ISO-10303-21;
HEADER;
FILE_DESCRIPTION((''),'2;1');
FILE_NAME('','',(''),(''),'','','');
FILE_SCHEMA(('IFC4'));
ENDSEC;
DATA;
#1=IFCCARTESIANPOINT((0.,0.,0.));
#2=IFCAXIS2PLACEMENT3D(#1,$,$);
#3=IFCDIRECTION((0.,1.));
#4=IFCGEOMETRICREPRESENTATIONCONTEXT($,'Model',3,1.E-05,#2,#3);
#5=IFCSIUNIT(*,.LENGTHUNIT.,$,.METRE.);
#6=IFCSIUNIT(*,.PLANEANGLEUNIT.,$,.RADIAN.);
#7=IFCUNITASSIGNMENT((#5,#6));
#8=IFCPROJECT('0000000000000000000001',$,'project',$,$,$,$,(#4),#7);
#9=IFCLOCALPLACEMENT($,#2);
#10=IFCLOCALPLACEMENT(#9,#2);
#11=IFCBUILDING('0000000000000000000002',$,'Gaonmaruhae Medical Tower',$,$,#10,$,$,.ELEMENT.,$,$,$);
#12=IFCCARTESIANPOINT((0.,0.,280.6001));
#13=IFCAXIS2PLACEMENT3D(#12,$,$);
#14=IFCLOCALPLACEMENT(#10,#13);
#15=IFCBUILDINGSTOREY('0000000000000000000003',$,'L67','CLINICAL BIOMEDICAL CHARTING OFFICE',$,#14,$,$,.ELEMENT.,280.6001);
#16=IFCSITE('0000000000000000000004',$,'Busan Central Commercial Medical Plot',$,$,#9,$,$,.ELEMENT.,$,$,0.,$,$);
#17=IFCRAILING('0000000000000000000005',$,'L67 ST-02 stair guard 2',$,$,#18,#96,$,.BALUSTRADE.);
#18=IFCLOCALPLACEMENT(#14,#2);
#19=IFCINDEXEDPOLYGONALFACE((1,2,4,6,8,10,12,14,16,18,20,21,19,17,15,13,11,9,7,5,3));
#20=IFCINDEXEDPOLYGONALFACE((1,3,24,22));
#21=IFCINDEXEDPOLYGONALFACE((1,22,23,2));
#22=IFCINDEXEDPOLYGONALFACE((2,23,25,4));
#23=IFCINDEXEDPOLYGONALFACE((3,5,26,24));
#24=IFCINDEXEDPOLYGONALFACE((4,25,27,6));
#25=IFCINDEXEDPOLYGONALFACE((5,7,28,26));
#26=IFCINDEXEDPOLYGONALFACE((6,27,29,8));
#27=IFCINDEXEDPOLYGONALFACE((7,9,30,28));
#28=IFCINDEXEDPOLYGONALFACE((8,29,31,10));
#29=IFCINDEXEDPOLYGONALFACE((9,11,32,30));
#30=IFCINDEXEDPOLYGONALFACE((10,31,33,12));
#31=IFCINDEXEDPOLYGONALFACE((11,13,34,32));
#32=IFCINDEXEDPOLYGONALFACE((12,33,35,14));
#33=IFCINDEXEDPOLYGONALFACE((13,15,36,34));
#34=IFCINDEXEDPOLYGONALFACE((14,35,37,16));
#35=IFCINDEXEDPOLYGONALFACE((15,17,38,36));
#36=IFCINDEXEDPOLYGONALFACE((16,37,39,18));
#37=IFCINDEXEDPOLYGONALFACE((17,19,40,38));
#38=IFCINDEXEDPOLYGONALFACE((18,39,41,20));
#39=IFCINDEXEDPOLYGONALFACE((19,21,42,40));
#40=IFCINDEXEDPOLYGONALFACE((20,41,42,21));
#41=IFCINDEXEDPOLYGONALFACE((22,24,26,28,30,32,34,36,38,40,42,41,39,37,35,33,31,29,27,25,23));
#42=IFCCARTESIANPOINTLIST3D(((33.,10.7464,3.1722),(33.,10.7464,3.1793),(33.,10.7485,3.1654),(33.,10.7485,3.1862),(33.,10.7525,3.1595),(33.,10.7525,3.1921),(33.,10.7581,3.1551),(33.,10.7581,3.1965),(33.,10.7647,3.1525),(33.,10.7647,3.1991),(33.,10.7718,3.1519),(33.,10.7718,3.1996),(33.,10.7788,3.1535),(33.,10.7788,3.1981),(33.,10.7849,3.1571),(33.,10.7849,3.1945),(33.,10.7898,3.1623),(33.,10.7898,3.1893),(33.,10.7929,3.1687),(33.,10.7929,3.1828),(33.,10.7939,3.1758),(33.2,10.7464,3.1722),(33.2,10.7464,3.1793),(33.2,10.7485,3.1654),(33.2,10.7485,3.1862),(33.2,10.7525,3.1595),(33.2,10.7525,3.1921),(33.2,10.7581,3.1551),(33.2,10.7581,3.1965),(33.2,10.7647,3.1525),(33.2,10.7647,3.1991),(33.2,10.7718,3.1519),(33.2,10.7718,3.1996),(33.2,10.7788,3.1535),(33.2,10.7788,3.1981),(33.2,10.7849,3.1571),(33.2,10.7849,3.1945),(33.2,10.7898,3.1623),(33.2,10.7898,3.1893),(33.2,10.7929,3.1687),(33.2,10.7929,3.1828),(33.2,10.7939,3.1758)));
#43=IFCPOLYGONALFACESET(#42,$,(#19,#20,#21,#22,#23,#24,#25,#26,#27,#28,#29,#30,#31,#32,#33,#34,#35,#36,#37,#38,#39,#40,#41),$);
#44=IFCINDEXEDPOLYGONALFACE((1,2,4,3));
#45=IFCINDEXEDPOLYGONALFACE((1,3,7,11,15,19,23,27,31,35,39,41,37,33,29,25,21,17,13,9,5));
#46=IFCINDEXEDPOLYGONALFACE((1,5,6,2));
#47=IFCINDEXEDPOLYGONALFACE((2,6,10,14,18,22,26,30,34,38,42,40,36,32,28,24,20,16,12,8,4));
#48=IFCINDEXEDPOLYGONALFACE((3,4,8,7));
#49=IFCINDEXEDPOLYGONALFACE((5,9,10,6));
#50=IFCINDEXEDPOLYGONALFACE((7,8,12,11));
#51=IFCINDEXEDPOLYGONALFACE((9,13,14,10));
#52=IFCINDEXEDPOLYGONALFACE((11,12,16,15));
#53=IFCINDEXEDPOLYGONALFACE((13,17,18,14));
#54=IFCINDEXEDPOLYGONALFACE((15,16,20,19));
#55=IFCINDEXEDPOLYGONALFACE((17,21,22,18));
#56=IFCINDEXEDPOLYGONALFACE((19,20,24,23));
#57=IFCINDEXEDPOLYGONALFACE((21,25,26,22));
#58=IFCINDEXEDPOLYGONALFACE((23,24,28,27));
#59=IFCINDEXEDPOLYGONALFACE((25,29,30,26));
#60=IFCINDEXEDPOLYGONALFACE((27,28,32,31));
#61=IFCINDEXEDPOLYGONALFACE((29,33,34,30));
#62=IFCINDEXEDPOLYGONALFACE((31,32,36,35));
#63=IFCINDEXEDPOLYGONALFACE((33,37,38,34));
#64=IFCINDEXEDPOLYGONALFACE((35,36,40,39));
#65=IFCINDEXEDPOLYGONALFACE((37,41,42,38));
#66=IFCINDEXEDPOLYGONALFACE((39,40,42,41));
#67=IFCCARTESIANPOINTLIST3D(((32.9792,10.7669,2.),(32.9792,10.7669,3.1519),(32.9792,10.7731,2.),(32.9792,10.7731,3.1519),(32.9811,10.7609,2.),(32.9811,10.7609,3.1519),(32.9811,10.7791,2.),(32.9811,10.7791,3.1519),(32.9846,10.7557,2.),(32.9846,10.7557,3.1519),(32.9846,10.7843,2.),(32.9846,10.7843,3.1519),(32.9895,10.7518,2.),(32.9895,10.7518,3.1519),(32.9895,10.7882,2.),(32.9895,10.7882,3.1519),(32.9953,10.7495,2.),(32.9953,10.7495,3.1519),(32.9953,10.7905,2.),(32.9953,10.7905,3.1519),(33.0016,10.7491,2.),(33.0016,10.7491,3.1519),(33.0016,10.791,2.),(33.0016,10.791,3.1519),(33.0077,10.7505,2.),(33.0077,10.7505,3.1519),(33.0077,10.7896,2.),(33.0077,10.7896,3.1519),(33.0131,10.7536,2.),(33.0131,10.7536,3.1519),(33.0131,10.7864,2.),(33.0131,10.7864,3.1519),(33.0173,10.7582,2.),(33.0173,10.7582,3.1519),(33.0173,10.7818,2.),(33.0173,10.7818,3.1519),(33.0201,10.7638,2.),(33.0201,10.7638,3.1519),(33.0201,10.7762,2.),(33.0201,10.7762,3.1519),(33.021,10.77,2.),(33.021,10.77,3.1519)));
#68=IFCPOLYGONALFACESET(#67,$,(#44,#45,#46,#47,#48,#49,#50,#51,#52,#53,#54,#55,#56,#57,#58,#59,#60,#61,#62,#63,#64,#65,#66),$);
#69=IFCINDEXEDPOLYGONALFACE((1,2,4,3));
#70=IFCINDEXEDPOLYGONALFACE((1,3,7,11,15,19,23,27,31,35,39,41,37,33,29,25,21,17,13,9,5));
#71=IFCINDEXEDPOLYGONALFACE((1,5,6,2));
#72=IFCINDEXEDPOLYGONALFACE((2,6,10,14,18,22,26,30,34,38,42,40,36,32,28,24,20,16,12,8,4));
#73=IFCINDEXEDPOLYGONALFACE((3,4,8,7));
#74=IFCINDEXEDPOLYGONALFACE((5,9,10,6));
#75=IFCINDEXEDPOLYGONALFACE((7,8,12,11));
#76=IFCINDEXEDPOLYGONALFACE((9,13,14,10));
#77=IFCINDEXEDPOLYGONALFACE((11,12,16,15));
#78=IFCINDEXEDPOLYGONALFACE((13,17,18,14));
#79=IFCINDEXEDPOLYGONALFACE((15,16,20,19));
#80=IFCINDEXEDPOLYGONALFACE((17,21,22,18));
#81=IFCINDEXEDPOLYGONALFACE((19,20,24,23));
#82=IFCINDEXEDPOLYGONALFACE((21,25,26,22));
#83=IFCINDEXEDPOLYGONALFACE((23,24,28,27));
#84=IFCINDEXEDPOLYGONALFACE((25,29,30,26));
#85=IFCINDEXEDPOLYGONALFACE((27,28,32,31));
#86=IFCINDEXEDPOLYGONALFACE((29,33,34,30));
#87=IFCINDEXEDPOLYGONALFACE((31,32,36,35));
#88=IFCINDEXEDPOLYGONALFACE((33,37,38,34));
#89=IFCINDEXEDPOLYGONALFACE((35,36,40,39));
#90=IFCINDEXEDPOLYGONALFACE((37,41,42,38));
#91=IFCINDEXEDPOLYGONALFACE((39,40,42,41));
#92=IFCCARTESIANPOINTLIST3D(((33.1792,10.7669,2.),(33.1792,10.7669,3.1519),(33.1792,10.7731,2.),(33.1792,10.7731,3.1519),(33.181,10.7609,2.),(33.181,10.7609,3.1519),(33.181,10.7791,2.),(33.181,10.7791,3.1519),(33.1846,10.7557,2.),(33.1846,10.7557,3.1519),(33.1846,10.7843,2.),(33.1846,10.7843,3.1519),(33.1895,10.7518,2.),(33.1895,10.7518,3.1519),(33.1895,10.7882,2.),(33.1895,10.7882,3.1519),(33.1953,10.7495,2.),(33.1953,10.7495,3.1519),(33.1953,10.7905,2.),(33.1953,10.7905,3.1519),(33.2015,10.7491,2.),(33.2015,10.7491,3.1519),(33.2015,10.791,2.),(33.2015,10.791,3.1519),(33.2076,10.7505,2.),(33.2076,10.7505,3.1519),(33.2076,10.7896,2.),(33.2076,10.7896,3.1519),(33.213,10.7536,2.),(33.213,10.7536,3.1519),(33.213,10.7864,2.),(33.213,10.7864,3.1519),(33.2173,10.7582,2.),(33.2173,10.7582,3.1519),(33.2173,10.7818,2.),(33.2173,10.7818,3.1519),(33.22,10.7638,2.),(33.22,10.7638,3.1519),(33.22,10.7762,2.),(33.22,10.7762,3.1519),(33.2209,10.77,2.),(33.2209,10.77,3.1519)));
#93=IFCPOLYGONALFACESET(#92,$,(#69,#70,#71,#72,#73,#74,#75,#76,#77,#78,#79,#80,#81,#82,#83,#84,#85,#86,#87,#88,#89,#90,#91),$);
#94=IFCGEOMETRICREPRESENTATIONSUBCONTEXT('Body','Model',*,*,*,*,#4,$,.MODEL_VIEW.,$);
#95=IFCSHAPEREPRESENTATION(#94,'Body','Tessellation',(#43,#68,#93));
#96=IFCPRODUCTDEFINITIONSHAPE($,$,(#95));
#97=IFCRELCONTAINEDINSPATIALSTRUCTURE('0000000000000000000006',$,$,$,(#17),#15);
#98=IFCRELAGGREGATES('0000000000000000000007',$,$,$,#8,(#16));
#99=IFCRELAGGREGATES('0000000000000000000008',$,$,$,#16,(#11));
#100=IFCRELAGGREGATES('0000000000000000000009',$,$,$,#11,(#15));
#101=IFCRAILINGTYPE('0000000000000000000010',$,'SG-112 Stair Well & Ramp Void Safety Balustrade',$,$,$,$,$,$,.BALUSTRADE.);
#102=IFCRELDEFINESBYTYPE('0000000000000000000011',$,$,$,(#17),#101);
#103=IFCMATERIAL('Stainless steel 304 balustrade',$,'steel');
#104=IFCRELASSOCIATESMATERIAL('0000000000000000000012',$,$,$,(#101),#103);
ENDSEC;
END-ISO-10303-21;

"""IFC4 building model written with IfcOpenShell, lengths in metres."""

from ifc_helpers import new_model, si_unit, direction, frame, origin, origin_2d, place, context, subcontext, project, spatial, circle, extrude, material, type_object, element, save


model = new_model("IFC4")

# Units and contexts
model_context = context("Model", 3, precision=1e-05, world=origin(), true_north=direction((0.0, 1.0)))
body_context = subcontext(model_context, "Body", "Model", "MODEL_VIEW")
ifc_project = project(units=[si_unit("LENGTHUNIT", "METRE"), si_unit("PLANEANGLEUNIT", "RADIAN")], contexts=[model_context])

# Site, building, storey
site_placement = place(None, origin())
site = spatial("IfcSite", under=ifc_project, at=site_placement, Name="Busan Central Commercial Medical Plot", CompositionType="ELEMENT", RefElevation=0.0)
building_placement = place(site_placement, origin())
building = spatial("IfcBuilding", under=site, at=building_placement, Name="Gaonmaruhae Medical Tower", CompositionType="ELEMENT")
storey_placement = place(building_placement, frame((0.0, 0.0, 280.6001)))
storey = spatial("IfcBuildingStorey", under=building, at=storey_placement, Name="L67", Description="CLINICAL BIOMEDICAL CHARTING OFFICE", CompositionType="ELEMENT", Elevation=280.6001)

# Railing
ifc_material_1 = material(Name="Stainless steel 304 balustrade", Category="steel")
railing_type_1 = type_object("IfcRailingType", Name="SG-112 Stair Well & Ramp Void Safety Balustrade", PredefinedType="BALUSTRADE", material=ifc_material_1)
railing_1_placement = place(storey_placement, frame((33.0, 10.77, 2.0)))
element("IfcRailing", 1, at=railing_1_placement, inside=storey, type_object=railing_type_1, Name="L67 ST-02 stair guard 2", PredefinedType="BALUSTRADE", context=body_context, shape_type="SweptSolid", body=[
    extrude(circle(Radius=0.0239, at=origin_2d()), frame((0.0, 0.0, 1.1758), z_axis=(1.0, 0.0, 0.0), x_axis=(0.0, 1.0, 0.0)), (0.0, 0.0, 1.0), 0.2),
    extrude(circle(Radius=0.021, at=origin_2d()), origin(), (0.0, 0.0, 1.0), 1.1519),
    extrude(circle(Radius=0.021, at=origin_2d()), frame((0.2, 0.0, 0.0)), (0.0, 0.0, 1.0), 1.1519),
])

save(model, "model.ifc")
